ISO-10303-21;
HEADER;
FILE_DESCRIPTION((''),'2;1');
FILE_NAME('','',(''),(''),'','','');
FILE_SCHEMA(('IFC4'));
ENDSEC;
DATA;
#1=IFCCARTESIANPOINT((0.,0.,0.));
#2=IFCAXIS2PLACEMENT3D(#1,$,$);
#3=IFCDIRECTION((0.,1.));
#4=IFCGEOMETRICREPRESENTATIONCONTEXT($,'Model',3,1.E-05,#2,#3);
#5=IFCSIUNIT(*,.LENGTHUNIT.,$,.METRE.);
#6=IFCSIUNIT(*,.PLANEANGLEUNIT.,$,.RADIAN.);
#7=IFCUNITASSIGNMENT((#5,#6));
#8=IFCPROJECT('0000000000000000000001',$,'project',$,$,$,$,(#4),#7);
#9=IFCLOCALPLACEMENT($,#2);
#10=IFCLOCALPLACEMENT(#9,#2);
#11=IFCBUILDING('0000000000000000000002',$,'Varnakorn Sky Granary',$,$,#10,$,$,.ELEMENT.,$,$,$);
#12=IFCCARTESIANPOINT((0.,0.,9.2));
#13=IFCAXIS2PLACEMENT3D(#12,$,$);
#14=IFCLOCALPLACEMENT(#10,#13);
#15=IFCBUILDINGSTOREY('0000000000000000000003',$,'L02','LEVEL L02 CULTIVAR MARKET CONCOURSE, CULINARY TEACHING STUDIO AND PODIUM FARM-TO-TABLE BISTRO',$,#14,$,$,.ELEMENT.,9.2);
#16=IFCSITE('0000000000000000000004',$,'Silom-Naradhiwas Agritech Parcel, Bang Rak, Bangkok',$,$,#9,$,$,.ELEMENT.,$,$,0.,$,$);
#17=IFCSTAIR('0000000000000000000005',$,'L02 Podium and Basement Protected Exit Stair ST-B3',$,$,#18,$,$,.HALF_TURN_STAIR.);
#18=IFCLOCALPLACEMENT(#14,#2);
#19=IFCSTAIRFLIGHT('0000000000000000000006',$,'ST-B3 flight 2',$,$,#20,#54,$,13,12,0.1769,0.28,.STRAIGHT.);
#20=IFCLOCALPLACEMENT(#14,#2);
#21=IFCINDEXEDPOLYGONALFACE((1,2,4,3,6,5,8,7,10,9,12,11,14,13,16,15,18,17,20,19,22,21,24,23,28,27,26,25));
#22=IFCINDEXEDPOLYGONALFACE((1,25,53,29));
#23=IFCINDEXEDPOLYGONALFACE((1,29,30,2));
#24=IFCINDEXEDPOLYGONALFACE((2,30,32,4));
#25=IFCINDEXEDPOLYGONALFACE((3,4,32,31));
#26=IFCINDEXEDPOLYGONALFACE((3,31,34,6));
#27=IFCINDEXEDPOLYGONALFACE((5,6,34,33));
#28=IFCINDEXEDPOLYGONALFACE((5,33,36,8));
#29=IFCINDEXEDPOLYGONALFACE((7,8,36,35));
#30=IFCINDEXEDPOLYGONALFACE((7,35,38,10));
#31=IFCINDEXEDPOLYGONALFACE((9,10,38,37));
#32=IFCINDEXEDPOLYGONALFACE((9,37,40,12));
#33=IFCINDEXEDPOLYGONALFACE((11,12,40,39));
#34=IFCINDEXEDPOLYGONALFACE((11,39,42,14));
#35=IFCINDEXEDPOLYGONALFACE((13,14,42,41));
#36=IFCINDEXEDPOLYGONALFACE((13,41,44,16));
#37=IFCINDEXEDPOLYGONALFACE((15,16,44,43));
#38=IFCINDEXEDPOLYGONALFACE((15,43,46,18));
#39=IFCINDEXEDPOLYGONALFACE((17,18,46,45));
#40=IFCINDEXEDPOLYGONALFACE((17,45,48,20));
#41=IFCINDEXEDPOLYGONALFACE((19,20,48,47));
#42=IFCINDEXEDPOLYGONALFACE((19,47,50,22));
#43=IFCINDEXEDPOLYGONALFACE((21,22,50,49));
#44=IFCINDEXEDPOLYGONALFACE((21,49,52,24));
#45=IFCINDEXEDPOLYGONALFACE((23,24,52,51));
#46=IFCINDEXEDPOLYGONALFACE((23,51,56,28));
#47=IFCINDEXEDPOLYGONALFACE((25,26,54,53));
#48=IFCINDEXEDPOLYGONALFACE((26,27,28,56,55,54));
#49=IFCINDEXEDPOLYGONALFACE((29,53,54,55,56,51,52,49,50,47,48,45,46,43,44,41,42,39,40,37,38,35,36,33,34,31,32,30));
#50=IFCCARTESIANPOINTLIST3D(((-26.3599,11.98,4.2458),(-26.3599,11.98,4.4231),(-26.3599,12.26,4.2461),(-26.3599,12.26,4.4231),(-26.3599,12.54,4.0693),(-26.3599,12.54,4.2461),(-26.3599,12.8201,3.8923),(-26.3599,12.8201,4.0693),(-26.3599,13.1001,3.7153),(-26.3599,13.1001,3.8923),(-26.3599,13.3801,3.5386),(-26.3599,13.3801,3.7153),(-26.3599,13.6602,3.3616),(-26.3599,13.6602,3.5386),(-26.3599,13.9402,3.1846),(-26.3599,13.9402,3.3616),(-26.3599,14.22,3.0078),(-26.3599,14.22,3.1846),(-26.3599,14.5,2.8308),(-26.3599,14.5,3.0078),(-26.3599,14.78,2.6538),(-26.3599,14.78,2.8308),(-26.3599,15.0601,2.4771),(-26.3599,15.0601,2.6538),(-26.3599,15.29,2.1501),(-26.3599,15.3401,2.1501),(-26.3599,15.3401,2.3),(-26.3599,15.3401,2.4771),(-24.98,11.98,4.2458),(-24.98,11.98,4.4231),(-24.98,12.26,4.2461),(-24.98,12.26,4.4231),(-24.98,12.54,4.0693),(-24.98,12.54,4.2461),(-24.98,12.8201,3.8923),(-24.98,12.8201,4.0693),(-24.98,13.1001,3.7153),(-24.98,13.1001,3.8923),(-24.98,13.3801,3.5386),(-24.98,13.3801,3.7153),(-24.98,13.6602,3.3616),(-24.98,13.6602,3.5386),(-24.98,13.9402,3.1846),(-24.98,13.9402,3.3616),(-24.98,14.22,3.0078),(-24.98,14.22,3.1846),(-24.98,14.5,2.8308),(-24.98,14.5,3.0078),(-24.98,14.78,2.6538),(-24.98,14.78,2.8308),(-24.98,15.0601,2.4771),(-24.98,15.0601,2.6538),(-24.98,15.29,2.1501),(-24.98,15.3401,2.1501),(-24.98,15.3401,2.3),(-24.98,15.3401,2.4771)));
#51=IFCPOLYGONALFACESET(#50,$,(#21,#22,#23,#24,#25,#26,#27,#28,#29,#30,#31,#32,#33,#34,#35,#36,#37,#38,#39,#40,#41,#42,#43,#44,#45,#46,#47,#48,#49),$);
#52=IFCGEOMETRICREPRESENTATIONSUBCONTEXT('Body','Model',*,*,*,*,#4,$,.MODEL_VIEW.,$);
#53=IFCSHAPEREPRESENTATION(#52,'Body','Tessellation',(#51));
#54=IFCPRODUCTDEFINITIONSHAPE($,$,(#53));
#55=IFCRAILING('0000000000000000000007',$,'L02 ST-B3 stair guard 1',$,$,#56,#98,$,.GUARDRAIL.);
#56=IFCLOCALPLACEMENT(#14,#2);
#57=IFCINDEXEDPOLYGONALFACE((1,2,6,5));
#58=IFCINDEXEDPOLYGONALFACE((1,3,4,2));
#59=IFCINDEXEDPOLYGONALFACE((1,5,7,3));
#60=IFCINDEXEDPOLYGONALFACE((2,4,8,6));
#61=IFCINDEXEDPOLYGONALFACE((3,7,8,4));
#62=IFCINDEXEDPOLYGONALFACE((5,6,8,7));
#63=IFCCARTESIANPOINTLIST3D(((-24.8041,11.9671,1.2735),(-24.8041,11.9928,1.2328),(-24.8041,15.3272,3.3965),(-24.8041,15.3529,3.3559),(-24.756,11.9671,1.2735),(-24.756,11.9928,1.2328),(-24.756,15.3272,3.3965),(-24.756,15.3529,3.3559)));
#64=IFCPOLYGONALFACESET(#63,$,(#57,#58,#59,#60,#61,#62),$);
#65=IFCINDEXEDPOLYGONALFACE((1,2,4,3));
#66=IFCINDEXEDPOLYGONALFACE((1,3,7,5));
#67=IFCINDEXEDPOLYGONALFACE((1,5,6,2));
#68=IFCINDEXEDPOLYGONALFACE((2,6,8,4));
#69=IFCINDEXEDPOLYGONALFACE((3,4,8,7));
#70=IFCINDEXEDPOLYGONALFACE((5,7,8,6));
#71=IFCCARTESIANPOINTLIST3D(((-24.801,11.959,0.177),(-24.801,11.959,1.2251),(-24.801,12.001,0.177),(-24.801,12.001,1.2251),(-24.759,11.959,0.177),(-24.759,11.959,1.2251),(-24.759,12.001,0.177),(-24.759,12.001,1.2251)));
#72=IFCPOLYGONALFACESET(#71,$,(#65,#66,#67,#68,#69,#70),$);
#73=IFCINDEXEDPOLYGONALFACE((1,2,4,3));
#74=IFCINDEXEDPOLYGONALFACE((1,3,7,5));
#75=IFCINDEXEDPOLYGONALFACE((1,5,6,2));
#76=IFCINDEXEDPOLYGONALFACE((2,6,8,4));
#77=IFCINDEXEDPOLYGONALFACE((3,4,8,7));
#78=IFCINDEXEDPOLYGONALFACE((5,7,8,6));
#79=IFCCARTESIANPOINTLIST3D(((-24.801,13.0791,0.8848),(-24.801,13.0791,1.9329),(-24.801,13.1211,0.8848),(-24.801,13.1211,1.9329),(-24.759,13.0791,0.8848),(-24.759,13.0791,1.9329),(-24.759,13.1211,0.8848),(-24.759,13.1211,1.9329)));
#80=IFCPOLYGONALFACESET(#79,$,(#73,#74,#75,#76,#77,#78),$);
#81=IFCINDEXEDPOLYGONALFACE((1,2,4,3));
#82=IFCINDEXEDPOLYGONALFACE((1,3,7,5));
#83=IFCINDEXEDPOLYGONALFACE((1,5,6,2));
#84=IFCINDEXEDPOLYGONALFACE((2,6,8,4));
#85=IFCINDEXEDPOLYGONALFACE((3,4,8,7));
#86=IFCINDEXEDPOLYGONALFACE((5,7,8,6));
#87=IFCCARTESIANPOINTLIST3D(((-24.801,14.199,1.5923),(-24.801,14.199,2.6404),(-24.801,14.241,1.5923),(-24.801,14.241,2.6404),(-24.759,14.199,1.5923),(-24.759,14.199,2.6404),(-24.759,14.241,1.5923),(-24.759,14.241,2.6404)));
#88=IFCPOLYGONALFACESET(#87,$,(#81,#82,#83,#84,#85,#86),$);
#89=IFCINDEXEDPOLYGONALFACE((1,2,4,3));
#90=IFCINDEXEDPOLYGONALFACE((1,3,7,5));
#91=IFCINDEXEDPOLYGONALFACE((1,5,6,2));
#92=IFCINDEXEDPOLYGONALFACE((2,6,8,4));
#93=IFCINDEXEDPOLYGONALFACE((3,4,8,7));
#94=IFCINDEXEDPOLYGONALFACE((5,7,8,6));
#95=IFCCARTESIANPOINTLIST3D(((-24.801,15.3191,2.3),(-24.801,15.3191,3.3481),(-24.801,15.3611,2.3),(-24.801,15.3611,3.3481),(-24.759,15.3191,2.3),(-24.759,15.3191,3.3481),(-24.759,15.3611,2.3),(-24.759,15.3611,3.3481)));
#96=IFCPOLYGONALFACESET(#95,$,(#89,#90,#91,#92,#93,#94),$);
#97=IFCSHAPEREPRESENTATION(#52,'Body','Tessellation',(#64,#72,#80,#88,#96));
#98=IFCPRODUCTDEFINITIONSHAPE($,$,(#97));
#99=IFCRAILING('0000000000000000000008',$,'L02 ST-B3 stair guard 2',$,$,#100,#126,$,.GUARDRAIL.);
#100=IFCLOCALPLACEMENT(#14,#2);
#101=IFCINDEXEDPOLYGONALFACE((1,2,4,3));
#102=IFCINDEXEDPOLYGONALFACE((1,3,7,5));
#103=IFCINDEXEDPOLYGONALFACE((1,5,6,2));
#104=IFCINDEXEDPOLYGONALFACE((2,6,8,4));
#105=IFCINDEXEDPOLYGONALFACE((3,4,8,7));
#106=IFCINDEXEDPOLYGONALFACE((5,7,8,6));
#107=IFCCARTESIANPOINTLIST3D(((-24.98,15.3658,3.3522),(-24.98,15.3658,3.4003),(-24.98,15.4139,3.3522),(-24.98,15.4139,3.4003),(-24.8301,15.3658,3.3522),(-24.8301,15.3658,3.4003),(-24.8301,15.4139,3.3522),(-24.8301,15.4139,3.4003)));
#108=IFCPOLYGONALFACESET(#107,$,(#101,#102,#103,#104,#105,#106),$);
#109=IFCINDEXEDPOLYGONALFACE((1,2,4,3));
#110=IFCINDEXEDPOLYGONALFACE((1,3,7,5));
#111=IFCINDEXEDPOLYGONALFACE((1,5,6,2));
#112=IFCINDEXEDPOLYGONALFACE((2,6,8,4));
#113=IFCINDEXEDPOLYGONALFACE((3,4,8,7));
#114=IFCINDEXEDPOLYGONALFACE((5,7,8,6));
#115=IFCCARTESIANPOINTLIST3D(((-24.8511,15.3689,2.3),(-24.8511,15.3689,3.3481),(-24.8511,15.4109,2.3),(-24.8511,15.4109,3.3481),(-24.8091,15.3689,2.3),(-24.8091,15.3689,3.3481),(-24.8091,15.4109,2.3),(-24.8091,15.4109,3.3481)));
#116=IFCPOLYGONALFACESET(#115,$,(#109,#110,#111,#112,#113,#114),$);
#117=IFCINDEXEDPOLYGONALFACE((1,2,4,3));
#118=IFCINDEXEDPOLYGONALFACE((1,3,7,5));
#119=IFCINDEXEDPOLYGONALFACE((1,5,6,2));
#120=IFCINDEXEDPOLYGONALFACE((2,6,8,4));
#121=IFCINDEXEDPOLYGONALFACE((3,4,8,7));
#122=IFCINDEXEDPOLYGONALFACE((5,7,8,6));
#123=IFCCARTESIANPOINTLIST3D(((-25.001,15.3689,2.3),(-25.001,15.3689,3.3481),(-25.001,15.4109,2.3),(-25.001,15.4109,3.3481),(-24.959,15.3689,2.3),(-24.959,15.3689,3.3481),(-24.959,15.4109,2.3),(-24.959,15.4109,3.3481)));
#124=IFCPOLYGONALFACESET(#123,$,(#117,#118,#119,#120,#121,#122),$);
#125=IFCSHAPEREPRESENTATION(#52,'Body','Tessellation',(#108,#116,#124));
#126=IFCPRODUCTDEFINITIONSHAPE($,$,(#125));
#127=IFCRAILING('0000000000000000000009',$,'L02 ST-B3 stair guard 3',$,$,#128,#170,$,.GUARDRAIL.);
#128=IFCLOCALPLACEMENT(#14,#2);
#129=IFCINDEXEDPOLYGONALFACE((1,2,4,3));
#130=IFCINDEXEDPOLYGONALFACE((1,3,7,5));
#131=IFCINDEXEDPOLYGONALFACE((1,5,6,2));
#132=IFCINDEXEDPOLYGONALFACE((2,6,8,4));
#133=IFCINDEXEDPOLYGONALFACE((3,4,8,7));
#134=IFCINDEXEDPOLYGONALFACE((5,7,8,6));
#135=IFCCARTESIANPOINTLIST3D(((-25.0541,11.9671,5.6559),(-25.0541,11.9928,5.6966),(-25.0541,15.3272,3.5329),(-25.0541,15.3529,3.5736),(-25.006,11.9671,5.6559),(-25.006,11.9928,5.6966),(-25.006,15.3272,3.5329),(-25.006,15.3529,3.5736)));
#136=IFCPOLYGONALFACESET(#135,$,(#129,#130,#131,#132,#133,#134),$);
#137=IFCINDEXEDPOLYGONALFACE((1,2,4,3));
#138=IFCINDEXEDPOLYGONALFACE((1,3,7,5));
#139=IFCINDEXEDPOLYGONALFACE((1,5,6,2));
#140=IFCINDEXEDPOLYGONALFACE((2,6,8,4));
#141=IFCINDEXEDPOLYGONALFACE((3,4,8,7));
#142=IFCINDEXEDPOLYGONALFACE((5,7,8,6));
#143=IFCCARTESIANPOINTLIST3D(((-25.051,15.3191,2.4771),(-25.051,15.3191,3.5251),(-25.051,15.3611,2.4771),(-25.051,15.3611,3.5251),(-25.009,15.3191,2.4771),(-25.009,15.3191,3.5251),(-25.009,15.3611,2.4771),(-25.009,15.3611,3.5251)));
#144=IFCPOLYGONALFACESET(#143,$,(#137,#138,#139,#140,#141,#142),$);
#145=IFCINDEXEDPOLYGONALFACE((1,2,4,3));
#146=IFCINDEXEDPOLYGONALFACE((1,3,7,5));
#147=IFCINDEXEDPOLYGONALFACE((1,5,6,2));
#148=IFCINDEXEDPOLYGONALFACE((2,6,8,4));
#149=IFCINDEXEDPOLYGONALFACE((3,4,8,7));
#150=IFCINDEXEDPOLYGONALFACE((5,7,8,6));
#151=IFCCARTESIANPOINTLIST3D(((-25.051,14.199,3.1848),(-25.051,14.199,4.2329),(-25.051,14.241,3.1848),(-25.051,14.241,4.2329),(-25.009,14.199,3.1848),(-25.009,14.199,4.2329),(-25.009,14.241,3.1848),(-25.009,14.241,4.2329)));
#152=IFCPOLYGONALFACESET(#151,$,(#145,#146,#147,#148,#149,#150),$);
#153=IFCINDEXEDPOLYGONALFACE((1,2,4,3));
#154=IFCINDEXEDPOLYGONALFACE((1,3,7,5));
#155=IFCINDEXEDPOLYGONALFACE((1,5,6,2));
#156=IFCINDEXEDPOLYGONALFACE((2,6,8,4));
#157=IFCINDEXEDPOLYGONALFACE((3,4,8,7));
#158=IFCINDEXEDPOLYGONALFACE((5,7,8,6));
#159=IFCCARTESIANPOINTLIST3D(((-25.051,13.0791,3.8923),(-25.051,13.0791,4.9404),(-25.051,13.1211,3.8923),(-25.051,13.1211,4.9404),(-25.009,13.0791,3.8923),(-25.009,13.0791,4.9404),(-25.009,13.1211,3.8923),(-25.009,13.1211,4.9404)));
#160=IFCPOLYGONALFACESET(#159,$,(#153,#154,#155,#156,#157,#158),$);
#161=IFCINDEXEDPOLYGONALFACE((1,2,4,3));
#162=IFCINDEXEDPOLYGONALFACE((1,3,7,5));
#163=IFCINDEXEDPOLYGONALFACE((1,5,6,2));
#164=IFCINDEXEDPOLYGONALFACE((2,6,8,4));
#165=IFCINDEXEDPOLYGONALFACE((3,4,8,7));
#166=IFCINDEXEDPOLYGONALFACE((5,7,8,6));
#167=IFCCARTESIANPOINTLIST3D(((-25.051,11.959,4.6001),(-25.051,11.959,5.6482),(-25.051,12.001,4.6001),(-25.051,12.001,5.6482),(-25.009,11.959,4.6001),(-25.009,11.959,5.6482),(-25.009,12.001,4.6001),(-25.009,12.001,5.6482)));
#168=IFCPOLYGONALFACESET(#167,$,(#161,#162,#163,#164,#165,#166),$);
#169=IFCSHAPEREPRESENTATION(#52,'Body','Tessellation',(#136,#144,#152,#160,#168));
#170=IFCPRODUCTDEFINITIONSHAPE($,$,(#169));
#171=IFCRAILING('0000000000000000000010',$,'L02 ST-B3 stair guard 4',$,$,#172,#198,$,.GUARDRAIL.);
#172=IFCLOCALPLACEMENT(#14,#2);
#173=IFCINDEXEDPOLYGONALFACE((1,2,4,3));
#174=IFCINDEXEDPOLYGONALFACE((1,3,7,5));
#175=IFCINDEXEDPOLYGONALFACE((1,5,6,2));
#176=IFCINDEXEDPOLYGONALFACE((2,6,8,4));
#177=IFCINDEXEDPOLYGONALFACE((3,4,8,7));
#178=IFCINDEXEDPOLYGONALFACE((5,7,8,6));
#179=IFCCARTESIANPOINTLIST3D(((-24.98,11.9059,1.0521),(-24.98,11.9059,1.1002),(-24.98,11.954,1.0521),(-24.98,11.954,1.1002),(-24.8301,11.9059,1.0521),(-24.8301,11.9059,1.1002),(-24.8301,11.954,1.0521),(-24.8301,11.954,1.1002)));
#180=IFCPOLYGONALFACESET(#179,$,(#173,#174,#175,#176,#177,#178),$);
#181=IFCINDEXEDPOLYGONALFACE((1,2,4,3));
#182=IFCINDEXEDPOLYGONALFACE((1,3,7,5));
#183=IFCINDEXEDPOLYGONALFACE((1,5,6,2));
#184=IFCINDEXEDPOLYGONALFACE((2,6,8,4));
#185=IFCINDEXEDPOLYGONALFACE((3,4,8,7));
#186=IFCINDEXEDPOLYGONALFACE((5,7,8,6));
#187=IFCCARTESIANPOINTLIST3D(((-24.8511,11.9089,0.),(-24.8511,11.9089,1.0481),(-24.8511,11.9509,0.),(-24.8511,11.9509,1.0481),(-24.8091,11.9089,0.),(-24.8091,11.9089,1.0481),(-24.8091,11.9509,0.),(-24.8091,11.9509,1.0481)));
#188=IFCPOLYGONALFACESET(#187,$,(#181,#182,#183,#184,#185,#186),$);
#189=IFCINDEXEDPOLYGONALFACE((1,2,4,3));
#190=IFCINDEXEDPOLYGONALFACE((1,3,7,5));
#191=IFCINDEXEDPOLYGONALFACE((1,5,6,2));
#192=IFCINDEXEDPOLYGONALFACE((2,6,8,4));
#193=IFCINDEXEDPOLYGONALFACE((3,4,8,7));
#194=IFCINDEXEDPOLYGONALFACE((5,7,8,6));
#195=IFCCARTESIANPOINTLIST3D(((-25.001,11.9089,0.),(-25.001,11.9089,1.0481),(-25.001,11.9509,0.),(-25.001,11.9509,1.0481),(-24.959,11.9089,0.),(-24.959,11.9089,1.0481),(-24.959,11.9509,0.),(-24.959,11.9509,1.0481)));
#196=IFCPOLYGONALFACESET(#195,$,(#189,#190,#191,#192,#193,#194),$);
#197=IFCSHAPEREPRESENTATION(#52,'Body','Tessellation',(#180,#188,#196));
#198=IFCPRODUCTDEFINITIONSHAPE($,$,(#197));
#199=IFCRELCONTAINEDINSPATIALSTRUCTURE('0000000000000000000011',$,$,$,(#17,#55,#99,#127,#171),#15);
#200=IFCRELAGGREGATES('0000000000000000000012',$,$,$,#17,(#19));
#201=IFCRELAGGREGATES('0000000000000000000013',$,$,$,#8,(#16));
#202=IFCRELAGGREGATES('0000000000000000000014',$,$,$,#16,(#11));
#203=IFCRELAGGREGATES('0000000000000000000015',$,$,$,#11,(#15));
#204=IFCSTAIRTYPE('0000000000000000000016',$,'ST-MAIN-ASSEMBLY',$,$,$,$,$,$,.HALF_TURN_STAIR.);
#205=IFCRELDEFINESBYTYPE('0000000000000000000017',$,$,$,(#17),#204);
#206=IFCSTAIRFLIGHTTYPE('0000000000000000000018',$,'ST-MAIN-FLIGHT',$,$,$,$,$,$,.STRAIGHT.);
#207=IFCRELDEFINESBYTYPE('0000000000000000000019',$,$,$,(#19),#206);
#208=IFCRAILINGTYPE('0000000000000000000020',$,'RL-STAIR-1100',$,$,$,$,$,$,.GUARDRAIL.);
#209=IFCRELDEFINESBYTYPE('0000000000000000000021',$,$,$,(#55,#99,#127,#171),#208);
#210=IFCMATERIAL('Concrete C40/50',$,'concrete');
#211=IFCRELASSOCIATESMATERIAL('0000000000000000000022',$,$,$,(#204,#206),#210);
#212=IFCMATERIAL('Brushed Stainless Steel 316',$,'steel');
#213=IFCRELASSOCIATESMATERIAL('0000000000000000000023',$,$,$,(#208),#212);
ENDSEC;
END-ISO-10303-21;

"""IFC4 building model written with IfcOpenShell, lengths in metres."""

from ifc_helpers import new_model, si_unit, direction, frame, origin, origin_2d, place, context, subcontext, project, spatial, polyline, rectangle, outline, extrude, material, type_object, element, aggregate, save


model = new_model("IFC4")

# Units and contexts
model_context = context("Model", 3, precision=1e-05, world=origin(), true_north=direction((0.0, 1.0)))
body_context = subcontext(model_context, "Body", "Model", "MODEL_VIEW")
ifc_project = project(units=[si_unit("LENGTHUNIT", "METRE"), si_unit("PLANEANGLEUNIT", "RADIAN")], contexts=[model_context])

# Site, building, storey
site_placement = place(None, origin())
site = spatial("IfcSite", under=ifc_project, at=site_placement, Name="Silom-Naradhiwas Agritech Parcel, Bang Rak, Bangkok", CompositionType="ELEMENT", RefElevation=0.0)
building_placement = place(site_placement, origin())
building = spatial("IfcBuilding", under=site, at=building_placement, Name="Varnakorn Sky Granary", CompositionType="ELEMENT")
storey_placement = place(building_placement, frame((0.0, 0.0, 9.2)))
storey = spatial("IfcBuildingStorey", under=building, at=storey_placement, Name="L02", Description="LEVEL L02 CULTIVAR MARKET CONCOURSE, CULINARY TEACHING STUDIO AND PODIUM FARM-TO-TABLE BISTRO", CompositionType="ELEMENT", Elevation=9.2)

# Stair, stair flight
ifc_material_1 = material(Name="Concrete C40/50", Category="concrete")
stair_type = type_object("IfcStairType", Name="ST-MAIN-ASSEMBLY", PredefinedType="HALF_TURN_STAIR", material=ifc_material_1)
stair_placement = place(storey_placement, origin())
stair = element("IfcStair", 1, at=stair_placement, inside=storey, type_object=stair_type, Name="L02 Podium and Basement Protected Exit Stair ST-B3", PredefinedType="HALF_TURN_STAIR")
stair_flight_type = type_object("IfcStairFlightType", Name="ST-MAIN-FLIGHT", PredefinedType="STRAIGHT", material=ifc_material_1)
stair_flight_1_placement = place(storey_placement, frame((-25.6699, 15.3401, 2.3), z_axis=(0.0, 0.0, 1.0), x_axis=(0.0, -1.0, 0.0)))
stair_flight_1 = element("IfcStairFlight", 2, at=stair_flight_1_placement, type_object=stair_flight_type, Name="ST-B3 flight 2", NumberOfRisers=13, NumberOfTreads=12, PredefinedType="STRAIGHT", RiserHeight=0.1769, TreadLength=0.28, context=body_context, shape_type="SweptSolid", body=[
    extrude(outline(polyline([(0.0, -0.1499), (0.0, 0.0), (0.0, 0.177), (0.28, 0.177), (0.28, 0.3538), (0.5601, 0.3538), (0.5601, 0.5308), (0.8401, 0.5308), (0.8401, 0.7078), (1.1201, 0.7078), (1.1201, 0.8845), (1.3999, 0.8845), (1.3999, 1.0615), (1.6799, 1.0615), (1.6799, 1.2385), (1.96, 1.2385), (1.96, 1.4153), (2.24, 1.4153), (2.24, 1.5923), (2.52, 1.5923), (2.52, 1.7693), (2.8, 1.7693), (2.8, 1.946), (3.0801, 1.946), (3.0801, 2.123), (3.3601, 2.123), (3.3601, 2.3), (3.3601, 1.9458), (0.05, -0.1499), (0.0, -0.1499)])), frame((0.0, 0.6899, 0.0), z_axis=(0.0, -1.0, 0.0), x_axis=(1.0, 0.0, 0.0)), (0.0, 0.0, 1.0), 1.3799),
])
aggregate(stair, [stair_flight_1])

# Railings
ifc_material_2 = material(Name="Brushed Stainless Steel 316", Category="steel")
railing_type_1 = type_object("IfcRailingType", Name="RL-STAIR-1100", PredefinedType="GUARDRAIL", material=ifc_material_2)
railing_1_placement = place(storey_placement, frame((-24.78, 11.98, 0.177)))
element("IfcRailing", 3, at=railing_1_placement, inside=storey, type_object=railing_type_1, Name="L02 ST-B3 stair guard 1", PredefinedType="GUARDRAIL", context=body_context, shape_type="SweptSolid", body=[
    extrude(rectangle(XDim=0.0481, YDim=0.0481, at=origin_2d()), frame((0.0, 0.0, 1.0762), z_axis=(0.0, 0.84539, 0.53415), x_axis=(-1.0, 0.0, 0.0)), (0.0, 0.0, 1.0), 3.9746),
    extrude(rectangle(XDim=0.042, YDim=0.042, at=origin_2d()), origin(), (0.0, 0.0, 1.0), 1.0481),
    extrude(rectangle(XDim=0.042, YDim=0.042, at=origin_2d()), frame((0.0, 1.1201, 0.7078)), (0.0, 0.0, 1.0), 1.0481),
    extrude(rectangle(XDim=0.042, YDim=0.042, at=origin_2d()), frame((0.0, 2.24, 1.4153)), (0.0, 0.0, 1.0), 1.0481),
    extrude(rectangle(XDim=0.042, YDim=0.042, at=origin_2d()), frame((0.0, 3.3601, 2.123)), (0.0, 0.0, 1.0), 1.0481),
])
railing_2_placement = place(storey_placement, frame((-24.8301, 15.3899, 2.3)))
element("IfcRailing", 4, at=railing_2_placement, inside=storey, type_object=railing_type_1, Name="L02 ST-B3 stair guard 2", PredefinedType="GUARDRAIL", context=body_context, shape_type="SweptSolid", body=[
    extrude(rectangle(XDim=0.0481, YDim=0.0481, at=origin_2d()), frame((0.0, 0.0, 1.0762), z_axis=(-1.0, 0.0, 0.0), x_axis=(0.0, -1.0, 0.0)), (0.0, 0.0, 1.0), 0.1499),
    extrude(rectangle(XDim=0.042, YDim=0.042, at=origin_2d()), origin(), (0.0, 0.0, 1.0), 1.0481),
    extrude(rectangle(XDim=0.042, YDim=0.042, at=origin_2d()), frame((-0.1499, 0.0, 0.0)), (0.0, 0.0, 1.0), 1.0481),
])
railing_3_placement = place(storey_placement, frame((-25.03, 15.3401, 2.4771)))
element("IfcRailing", 5, at=railing_3_placement, inside=storey, type_object=railing_type_1, Name="L02 ST-B3 stair guard 3", PredefinedType="GUARDRAIL", context=body_context, shape_type="SweptSolid", body=[
    extrude(rectangle(XDim=0.0481, YDim=0.0481, at=origin_2d()), frame((0.0, 0.0, 1.0762), z_axis=(0.0, -0.84539, 0.53415), x_axis=(1.0, 0.0, 0.0)), (0.0, 0.0, 1.0), 3.9746),
    extrude(rectangle(XDim=0.042, YDim=0.042, at=origin_2d()), origin(), (0.0, 0.0, 1.0), 1.0481),
    extrude(rectangle(XDim=0.042, YDim=0.042, at=origin_2d()), frame((0.0, -1.1201, 0.7078)), (0.0, 0.0, 1.0), 1.0481),
    extrude(rectangle(XDim=0.042, YDim=0.042, at=origin_2d()), frame((0.0, -2.24, 1.4153)), (0.0, 0.0, 1.0), 1.0481),
    extrude(rectangle(XDim=0.042, YDim=0.042, at=origin_2d()), frame((0.0, -3.3601, 2.123)), (0.0, 0.0, 1.0), 1.0481),
])
railing_4_placement = place(storey_placement, frame((-24.8301, 11.9299, 0.0)))
element("IfcRailing", 6, at=railing_4_placement, inside=storey, type_object=railing_type_1, Name="L02 ST-B3 stair guard 4", PredefinedType="GUARDRAIL", context=body_context, shape_type="SweptSolid", body=[
    extrude(rectangle(XDim=0.0481, YDim=0.0481, at=origin_2d()), frame((0.0, 0.0, 1.0762), z_axis=(-1.0, 0.0, 0.0), x_axis=(0.0, -1.0, 0.0)), (0.0, 0.0, 1.0), 0.1499),
    extrude(rectangle(XDim=0.042, YDim=0.042, at=origin_2d()), origin(), (0.0, 0.0, 1.0), 1.0481),
    extrude(rectangle(XDim=0.042, YDim=0.042, at=origin_2d()), frame((-0.1499, 0.0, 0.0)), (0.0, 0.0, 1.0), 1.0481),
])

save(model, "model.ifc")
